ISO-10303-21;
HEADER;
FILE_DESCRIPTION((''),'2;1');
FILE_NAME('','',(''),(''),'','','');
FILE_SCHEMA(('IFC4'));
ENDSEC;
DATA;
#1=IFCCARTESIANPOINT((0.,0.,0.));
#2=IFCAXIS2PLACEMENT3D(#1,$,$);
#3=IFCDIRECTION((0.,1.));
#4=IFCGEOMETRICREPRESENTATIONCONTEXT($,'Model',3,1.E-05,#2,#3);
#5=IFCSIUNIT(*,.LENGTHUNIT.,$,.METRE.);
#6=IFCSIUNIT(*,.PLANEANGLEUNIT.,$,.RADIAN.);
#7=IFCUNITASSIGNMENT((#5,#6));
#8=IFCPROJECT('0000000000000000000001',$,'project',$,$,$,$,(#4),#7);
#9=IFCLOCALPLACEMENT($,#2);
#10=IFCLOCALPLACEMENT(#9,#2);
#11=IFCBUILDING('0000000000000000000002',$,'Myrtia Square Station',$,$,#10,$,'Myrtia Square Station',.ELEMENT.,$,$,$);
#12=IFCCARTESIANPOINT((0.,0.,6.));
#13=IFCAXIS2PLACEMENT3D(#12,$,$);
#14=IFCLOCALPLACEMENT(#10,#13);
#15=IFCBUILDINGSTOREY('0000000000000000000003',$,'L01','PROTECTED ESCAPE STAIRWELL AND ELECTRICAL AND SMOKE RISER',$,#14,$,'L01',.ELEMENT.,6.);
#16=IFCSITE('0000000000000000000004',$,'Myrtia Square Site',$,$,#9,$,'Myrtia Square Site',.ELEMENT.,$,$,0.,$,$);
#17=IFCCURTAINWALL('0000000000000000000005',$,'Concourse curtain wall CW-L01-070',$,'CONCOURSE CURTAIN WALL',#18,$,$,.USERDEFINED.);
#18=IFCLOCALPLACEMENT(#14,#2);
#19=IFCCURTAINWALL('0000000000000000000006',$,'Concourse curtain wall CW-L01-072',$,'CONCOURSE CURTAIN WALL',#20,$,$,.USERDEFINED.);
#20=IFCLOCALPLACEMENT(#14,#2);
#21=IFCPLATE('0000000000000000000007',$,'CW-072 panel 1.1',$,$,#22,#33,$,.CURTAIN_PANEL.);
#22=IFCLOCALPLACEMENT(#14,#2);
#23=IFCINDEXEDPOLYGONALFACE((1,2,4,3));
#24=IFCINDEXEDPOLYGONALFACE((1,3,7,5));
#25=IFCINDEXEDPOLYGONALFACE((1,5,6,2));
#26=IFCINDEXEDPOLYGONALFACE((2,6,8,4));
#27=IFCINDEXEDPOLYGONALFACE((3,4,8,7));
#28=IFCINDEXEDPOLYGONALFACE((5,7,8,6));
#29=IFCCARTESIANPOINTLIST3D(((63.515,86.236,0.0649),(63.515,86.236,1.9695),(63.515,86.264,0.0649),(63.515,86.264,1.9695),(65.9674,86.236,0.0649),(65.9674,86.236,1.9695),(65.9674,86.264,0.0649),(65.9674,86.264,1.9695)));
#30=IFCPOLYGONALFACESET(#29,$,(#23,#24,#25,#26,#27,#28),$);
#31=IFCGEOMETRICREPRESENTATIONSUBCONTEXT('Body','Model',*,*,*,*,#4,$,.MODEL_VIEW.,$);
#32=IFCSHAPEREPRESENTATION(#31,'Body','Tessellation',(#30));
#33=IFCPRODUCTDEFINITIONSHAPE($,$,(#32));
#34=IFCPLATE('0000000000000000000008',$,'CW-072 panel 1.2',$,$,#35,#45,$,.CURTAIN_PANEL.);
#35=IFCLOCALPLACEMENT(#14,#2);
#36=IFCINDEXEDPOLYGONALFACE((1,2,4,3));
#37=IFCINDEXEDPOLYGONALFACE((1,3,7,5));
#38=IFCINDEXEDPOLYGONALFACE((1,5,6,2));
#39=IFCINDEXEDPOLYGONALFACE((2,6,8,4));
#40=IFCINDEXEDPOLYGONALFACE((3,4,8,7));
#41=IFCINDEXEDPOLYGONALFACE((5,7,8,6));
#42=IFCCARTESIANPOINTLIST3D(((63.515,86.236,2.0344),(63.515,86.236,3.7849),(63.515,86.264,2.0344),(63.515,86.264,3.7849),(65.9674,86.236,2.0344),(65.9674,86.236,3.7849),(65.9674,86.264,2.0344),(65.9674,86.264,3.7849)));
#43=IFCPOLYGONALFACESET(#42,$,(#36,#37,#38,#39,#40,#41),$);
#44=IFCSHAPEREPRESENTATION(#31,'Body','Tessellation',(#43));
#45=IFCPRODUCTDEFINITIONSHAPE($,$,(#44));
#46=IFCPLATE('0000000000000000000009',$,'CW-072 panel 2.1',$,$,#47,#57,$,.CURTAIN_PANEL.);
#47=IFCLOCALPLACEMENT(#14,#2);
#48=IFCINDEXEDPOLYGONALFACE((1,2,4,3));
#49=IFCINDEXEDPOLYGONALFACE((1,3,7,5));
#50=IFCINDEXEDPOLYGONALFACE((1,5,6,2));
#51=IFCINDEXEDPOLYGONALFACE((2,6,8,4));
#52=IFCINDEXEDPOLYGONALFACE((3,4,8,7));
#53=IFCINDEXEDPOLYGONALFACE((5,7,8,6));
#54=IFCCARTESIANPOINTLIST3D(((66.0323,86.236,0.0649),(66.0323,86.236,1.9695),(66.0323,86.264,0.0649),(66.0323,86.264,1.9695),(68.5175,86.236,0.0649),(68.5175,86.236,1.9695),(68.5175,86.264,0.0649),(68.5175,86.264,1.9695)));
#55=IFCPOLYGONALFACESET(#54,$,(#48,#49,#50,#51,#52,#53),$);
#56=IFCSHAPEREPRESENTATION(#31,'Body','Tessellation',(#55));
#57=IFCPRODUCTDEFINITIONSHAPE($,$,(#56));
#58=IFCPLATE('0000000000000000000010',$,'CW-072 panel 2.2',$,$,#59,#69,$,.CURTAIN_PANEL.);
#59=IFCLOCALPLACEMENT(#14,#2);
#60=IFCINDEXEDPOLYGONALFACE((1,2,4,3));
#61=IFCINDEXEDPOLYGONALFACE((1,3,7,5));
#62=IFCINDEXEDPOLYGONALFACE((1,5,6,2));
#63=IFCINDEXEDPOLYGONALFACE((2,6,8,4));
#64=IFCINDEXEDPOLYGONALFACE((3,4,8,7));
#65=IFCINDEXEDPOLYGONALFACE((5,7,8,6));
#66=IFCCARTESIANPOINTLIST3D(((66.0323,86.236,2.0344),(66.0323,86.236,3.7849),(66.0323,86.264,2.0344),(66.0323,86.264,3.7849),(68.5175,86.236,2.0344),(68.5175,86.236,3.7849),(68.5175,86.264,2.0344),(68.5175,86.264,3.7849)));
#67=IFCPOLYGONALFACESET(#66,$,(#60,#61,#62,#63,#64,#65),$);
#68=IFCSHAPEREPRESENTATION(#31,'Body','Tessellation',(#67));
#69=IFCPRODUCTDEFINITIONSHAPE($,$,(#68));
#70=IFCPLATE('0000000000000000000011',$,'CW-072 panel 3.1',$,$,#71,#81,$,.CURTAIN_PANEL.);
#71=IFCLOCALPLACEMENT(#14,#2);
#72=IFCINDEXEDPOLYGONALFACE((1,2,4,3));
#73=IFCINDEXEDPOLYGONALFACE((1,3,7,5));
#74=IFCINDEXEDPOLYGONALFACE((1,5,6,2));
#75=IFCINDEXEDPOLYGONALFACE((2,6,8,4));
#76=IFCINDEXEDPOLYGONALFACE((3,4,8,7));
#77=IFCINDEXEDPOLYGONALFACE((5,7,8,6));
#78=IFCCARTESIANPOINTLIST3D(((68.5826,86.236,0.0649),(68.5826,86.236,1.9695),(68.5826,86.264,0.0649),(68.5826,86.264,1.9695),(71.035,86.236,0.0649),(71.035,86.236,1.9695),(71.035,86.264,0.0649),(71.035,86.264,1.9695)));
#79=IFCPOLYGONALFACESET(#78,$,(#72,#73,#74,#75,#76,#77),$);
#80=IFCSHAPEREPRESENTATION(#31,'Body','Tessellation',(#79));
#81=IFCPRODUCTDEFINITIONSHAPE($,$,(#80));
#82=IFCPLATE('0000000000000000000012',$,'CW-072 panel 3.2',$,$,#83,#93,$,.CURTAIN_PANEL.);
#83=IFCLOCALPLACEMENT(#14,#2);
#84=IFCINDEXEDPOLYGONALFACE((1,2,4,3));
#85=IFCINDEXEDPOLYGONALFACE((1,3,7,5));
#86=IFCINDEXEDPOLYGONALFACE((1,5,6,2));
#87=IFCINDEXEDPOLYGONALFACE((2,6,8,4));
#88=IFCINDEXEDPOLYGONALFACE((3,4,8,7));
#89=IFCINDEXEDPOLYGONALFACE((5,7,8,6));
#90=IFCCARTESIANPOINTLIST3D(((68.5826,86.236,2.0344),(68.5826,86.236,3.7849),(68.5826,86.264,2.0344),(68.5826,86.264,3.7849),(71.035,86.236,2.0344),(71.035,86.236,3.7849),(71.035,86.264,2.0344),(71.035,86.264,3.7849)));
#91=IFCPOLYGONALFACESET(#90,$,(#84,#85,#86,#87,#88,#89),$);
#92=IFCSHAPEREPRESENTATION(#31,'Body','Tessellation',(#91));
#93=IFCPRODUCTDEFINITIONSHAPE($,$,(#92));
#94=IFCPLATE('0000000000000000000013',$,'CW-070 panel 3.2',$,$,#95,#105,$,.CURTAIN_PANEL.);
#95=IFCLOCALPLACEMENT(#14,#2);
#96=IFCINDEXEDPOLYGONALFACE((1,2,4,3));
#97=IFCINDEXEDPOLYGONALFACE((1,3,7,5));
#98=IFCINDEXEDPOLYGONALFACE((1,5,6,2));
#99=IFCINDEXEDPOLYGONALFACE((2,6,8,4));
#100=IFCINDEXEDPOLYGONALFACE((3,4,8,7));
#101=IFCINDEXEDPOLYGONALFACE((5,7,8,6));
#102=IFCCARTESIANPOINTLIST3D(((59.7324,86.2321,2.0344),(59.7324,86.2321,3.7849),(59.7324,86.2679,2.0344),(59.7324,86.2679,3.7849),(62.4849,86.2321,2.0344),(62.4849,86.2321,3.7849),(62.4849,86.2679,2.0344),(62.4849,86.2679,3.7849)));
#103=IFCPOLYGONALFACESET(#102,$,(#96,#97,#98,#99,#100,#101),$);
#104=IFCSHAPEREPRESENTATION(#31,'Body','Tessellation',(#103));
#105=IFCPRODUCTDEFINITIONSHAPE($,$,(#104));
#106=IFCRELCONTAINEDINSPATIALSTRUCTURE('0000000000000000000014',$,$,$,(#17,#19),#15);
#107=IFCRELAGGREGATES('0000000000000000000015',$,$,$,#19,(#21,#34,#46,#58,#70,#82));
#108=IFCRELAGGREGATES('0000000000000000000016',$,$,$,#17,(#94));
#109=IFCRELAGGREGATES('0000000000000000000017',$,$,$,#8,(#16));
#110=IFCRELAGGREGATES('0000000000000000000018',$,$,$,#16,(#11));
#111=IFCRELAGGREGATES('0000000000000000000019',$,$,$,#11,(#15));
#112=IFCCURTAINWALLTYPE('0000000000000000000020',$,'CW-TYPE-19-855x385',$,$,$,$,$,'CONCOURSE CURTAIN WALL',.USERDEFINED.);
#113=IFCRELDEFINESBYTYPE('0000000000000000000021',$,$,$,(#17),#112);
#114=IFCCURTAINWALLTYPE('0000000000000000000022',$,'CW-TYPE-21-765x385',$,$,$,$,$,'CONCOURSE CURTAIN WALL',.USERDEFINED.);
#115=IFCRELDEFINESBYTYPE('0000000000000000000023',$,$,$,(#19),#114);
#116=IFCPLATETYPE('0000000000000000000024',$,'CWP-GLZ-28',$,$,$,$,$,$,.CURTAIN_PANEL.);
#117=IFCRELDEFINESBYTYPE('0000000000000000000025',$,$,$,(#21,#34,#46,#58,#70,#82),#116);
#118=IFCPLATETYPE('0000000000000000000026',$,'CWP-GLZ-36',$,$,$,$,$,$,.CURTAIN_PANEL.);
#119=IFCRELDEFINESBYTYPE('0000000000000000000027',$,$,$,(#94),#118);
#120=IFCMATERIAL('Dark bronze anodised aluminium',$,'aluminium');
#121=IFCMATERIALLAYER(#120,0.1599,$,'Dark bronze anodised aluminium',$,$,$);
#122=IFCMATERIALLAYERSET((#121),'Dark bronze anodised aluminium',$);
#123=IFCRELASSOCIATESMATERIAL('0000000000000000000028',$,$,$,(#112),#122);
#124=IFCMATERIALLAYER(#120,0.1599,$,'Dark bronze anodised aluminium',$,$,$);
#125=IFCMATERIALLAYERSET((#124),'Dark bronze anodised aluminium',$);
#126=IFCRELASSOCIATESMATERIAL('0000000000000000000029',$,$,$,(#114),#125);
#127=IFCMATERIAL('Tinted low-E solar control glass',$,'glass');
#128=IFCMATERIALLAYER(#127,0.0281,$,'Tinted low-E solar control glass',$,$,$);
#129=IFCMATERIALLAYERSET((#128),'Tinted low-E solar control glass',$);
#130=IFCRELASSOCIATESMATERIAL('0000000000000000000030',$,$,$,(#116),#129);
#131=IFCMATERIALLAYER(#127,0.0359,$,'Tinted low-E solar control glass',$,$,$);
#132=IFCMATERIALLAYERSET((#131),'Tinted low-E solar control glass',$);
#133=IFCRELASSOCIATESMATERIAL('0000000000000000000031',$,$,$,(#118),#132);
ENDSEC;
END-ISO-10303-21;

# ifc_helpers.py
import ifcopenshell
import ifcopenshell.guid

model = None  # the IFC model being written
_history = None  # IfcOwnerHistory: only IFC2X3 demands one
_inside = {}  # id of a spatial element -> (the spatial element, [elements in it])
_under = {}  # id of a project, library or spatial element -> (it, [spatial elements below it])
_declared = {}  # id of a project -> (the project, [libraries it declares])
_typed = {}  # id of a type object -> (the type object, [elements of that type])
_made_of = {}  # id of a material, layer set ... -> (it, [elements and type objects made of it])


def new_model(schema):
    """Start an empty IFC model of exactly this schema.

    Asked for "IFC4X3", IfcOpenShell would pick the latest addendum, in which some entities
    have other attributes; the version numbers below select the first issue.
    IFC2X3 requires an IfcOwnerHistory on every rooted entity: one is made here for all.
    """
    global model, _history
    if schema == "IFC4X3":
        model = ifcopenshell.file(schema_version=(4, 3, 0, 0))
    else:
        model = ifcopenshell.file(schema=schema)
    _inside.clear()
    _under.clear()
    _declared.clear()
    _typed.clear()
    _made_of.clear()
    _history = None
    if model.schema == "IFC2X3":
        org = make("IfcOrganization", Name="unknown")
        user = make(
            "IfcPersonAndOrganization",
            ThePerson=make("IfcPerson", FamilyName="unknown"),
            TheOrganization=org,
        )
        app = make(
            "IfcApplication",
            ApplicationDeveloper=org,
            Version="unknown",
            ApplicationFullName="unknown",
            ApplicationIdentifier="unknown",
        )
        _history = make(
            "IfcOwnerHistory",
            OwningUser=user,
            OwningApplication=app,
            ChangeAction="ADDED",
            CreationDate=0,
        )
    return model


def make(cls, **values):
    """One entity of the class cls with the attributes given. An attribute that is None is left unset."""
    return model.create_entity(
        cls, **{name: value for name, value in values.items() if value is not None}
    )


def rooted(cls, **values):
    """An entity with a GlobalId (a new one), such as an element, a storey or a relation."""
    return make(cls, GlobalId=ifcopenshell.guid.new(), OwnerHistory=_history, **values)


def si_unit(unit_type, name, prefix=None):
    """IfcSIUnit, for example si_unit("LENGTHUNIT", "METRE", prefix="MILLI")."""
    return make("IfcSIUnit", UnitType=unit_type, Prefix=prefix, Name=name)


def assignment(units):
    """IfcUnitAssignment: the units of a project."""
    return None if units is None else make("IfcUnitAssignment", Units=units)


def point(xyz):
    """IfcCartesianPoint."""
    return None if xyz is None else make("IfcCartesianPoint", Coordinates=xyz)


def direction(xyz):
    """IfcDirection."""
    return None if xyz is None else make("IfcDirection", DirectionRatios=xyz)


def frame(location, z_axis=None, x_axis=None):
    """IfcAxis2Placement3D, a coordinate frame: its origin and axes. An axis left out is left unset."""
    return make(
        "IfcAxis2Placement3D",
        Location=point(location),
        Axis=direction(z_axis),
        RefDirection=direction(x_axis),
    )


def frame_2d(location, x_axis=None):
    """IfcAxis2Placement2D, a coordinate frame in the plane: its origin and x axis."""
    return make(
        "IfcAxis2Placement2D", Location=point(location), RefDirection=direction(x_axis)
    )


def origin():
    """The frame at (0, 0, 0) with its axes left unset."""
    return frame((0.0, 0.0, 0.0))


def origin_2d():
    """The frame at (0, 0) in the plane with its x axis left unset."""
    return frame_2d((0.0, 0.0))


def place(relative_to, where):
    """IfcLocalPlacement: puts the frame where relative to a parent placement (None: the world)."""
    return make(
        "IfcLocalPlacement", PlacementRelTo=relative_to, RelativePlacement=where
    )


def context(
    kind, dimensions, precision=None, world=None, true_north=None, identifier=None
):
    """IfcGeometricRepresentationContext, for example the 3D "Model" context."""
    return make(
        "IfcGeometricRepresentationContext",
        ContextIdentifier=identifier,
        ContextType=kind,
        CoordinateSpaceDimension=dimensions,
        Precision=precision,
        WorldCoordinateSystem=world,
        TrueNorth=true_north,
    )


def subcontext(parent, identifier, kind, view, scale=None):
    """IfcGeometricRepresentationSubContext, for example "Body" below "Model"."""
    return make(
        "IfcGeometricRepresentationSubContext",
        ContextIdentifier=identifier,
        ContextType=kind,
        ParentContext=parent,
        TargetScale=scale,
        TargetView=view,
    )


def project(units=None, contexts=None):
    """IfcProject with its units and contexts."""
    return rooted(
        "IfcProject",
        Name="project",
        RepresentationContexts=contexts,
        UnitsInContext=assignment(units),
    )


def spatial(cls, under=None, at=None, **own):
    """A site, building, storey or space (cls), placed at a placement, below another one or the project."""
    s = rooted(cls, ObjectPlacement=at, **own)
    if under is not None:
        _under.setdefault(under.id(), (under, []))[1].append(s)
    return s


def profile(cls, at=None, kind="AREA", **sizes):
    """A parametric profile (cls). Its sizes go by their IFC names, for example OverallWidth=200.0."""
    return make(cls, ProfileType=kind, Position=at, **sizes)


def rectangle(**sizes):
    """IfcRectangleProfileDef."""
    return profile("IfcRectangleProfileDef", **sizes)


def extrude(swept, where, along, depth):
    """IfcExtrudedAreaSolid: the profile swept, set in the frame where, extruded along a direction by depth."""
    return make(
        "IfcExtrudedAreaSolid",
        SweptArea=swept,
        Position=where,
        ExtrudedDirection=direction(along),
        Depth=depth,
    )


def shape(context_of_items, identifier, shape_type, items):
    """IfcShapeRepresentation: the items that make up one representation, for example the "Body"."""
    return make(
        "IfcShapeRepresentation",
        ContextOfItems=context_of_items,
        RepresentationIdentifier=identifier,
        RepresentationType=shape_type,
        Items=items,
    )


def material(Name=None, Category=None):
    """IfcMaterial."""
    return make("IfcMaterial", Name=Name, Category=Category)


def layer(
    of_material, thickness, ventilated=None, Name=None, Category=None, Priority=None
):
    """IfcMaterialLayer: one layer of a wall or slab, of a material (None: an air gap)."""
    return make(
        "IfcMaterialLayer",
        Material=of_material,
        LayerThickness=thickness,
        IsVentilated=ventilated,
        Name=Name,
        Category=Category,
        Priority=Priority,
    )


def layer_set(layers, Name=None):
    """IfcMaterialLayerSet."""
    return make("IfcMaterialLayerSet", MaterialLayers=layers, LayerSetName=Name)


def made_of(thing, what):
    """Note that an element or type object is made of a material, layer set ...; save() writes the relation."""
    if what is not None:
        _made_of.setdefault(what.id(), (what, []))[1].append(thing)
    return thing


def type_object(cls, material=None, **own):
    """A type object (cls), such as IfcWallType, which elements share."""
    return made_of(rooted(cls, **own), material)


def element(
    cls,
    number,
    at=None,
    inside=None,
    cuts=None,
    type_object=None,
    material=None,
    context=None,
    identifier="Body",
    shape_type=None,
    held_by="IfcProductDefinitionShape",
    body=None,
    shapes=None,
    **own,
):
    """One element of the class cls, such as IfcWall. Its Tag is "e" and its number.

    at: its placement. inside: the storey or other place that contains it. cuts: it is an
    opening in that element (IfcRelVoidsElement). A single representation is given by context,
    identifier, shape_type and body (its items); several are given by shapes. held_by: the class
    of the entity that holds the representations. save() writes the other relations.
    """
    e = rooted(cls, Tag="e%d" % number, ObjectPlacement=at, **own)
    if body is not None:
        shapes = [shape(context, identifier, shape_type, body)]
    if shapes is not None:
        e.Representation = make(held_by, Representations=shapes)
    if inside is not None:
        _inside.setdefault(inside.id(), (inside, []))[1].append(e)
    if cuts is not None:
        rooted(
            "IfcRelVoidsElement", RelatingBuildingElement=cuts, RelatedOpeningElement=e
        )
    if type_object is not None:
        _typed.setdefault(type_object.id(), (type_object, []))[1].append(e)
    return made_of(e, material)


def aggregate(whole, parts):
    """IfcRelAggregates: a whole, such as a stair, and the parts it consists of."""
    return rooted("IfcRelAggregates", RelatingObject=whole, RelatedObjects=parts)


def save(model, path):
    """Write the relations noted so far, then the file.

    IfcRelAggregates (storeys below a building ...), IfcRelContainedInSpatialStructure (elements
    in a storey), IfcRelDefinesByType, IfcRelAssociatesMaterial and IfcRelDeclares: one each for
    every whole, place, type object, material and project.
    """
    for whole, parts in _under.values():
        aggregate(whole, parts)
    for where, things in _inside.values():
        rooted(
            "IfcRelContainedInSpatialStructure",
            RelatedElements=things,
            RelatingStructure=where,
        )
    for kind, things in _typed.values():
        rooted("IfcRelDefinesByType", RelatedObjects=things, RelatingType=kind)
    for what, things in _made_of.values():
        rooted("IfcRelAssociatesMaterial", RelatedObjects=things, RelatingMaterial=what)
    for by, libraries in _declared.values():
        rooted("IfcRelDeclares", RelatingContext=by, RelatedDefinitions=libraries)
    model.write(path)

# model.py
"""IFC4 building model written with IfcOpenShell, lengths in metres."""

from ifc_helpers import new_model, si_unit, direction, frame, origin, origin_2d, place, context, subcontext, project, spatial, rectangle, extrude, material, layer, layer_set, type_object, element, aggregate, save


model = new_model("IFC4")

# Units and contexts
model_context = context("Model", 3, precision=1e-05, world=origin(), true_north=direction((0.0, 1.0)))
body_context = subcontext(model_context, "Body", "Model", "MODEL_VIEW")
ifc_project = project(units=[si_unit("LENGTHUNIT", "METRE"), si_unit("PLANEANGLEUNIT", "RADIAN")], contexts=[model_context])

# Site, building, storey
site_placement = place(None, origin())
site = spatial("IfcSite", under=ifc_project, at=site_placement, Name="Myrtia Square Site", LongName="Myrtia Square Site", CompositionType="ELEMENT", RefElevation=0.0)
building_placement = place(site_placement, origin())
building = spatial("IfcBuilding", under=site, at=building_placement, Name="Myrtia Square Station", LongName="Myrtia Square Station", CompositionType="ELEMENT")
storey_placement = place(building_placement, frame((0.0, 0.0, 6.0)))
storey = spatial("IfcBuildingStorey", under=building, at=storey_placement, Name="L01", Description="PROTECTED ESCAPE STAIRWELL AND ELECTRICAL AND SMOKE RISER", LongName="L01", CompositionType="ELEMENT", Elevation=6.0)

# Curtain wall
ifc_material_1 = material(Name="Dark bronze anodised aluminium", Category="aluminium")
ifc_layer_1 = layer(ifc_material_1, 0.1599, Name="Dark bronze anodised aluminium")
ifc_layer_set_1 = layer_set([ifc_layer_1], Name="Dark bronze anodised aluminium")
curtain_wall_type_1 = type_object("IfcCurtainWallType", Name="CW-TYPE-19-855x385", ElementType="CONCOURSE CURTAIN WALL", PredefinedType="USERDEFINED", material=ifc_layer_set_1)
curtain_wall_1_placement = place(storey_placement, origin())
curtain_wall_1 = element("IfcCurtainWall", 1, at=curtain_wall_1_placement, inside=storey, type_object=curtain_wall_type_1, Name="Concourse curtain wall CW-L01-070", ObjectType="CONCOURSE CURTAIN WALL", PredefinedType="USERDEFINED")

# Curtain wall, plates
ifc_layer_2 = layer(ifc_material_1, 0.1599, Name="Dark bronze anodised aluminium")
ifc_layer_set_2 = layer_set([ifc_layer_2], Name="Dark bronze anodised aluminium")
curtain_wall_type_2 = type_object("IfcCurtainWallType", Name="CW-TYPE-21-765x385", ElementType="CONCOURSE CURTAIN WALL", PredefinedType="USERDEFINED", material=ifc_layer_set_2)
curtain_wall_2_placement = place(storey_placement, origin())
curtain_wall_2 = element("IfcCurtainWall", 2, at=curtain_wall_2_placement, inside=storey, type_object=curtain_wall_type_2, Name="Concourse curtain wall CW-L01-072", ObjectType="CONCOURSE CURTAIN WALL", PredefinedType="USERDEFINED")
ifc_material_2 = material(Name="Tinted low-E solar control glass", Category="glass")
ifc_layer_3 = layer(ifc_material_2, 0.0281, Name="Tinted low-E solar control glass")
ifc_layer_set_3 = layer_set([ifc_layer_3], Name="Tinted low-E solar control glass")
plate_type_1 = type_object("IfcPlateType", Name="CWP-GLZ-28", PredefinedType="CURTAIN_PANEL", material=ifc_layer_set_3)
plate_1_placement = place(storey_placement, frame((64.7412, 86.25, 0.0649), z_axis=(0.0, 0.0, 1.0), x_axis=(1.0, 0.0, 0.0)))
plate_1 = element("IfcPlate", 3, at=plate_1_placement, type_object=plate_type_1, Name="CW-072 panel 1.1", PredefinedType="CURTAIN_PANEL", context=body_context, shape_type="SweptSolid", body=[
    extrude(rectangle(XDim=2.4524, YDim=0.0281, at=origin_2d()), origin(), (0.0, 0.0, 1.0), 1.9045),
])
plate_2_placement = place(storey_placement, frame((64.7412, 86.25, 2.0344), z_axis=(0.0, 0.0, 1.0), x_axis=(1.0, 0.0, 0.0)))
plate_2 = element("IfcPlate", 4, at=plate_2_placement, type_object=plate_type_1, Name="CW-072 panel 1.2", PredefinedType="CURTAIN_PANEL", context=body_context, shape_type="SweptSolid", body=[
    extrude(rectangle(XDim=2.4524, YDim=0.0281, at=origin_2d()), origin(), (0.0, 0.0, 1.0), 1.7505),
])
plate_3_placement = place(storey_placement, frame((67.2749, 86.25, 0.0649), z_axis=(0.0, 0.0, 1.0), x_axis=(1.0, 0.0, 0.0)))
plate_3 = element("IfcPlate", 5, at=plate_3_placement, type_object=plate_type_1, Name="CW-072 panel 2.1", PredefinedType="CURTAIN_PANEL", context=body_context, shape_type="SweptSolid", body=[
    extrude(rectangle(XDim=2.4851, YDim=0.0281, at=origin_2d()), origin(), (0.0, 0.0, 1.0), 1.9045),
])
plate_4_placement = place(storey_placement, frame((67.2749, 86.25, 2.0344), z_axis=(0.0, 0.0, 1.0), x_axis=(1.0, 0.0, 0.0)))
plate_4 = element("IfcPlate", 6, at=plate_4_placement, type_object=plate_type_1, Name="CW-072 panel 2.2", PredefinedType="CURTAIN_PANEL", context=body_context, shape_type="SweptSolid", body=[
    extrude(rectangle(XDim=2.4851, YDim=0.0281, at=origin_2d()), origin(), (0.0, 0.0, 1.0), 1.7505),
])
plate_5_placement = place(storey_placement, frame((69.8088, 86.25, 0.0649), z_axis=(0.0, 0.0, 1.0), x_axis=(1.0, 0.0, 0.0)))
plate_5 = element("IfcPlate", 7, at=plate_5_placement, type_object=plate_type_1, Name="CW-072 panel 3.1", PredefinedType="CURTAIN_PANEL", context=body_context, shape_type="SweptSolid", body=[
    extrude(rectangle(XDim=2.4524, YDim=0.0281, at=origin_2d()), origin(), (0.0, 0.0, 1.0), 1.9045),
])
plate_6_placement = place(storey_placement, frame((69.8088, 86.25, 2.0344), z_axis=(0.0, 0.0, 1.0), x_axis=(1.0, 0.0, 0.0)))
plate_6 = element("IfcPlate", 8, at=plate_6_placement, type_object=plate_type_1, Name="CW-072 panel 3.2", PredefinedType="CURTAIN_PANEL", context=body_context, shape_type="SweptSolid", body=[
    extrude(rectangle(XDim=2.4524, YDim=0.0281, at=origin_2d()), origin(), (0.0, 0.0, 1.0), 1.7505),
])
aggregate(curtain_wall_2, [plate_1, plate_2, plate_3, plate_4, plate_5, plate_6])

# Plate
ifc_layer_4 = layer(ifc_material_2, 0.0359, Name="Tinted low-E solar control glass")
ifc_layer_set_4 = layer_set([ifc_layer_4], Name="Tinted low-E solar control glass")
plate_type_2 = type_object("IfcPlateType", Name="CWP-GLZ-36", PredefinedType="CURTAIN_PANEL", material=ifc_layer_set_4)
plate_7_placement = place(storey_placement, frame((61.1086, 86.25, 2.0344), z_axis=(0.0, 0.0, 1.0), x_axis=(1.0, 0.0, 0.0)))
plate_7 = element("IfcPlate", 9, at=plate_7_placement, type_object=plate_type_2, Name="CW-070 panel 3.2", PredefinedType="CURTAIN_PANEL", context=body_context, shape_type="SweptSolid", body=[
    extrude(rectangle(XDim=2.7524, YDim=0.0359, at=origin_2d()), origin(), (0.0, 0.0, 1.0), 1.7505),
])
aggregate(curtain_wall_1, [plate_7])

save(model, "model.ifc")
